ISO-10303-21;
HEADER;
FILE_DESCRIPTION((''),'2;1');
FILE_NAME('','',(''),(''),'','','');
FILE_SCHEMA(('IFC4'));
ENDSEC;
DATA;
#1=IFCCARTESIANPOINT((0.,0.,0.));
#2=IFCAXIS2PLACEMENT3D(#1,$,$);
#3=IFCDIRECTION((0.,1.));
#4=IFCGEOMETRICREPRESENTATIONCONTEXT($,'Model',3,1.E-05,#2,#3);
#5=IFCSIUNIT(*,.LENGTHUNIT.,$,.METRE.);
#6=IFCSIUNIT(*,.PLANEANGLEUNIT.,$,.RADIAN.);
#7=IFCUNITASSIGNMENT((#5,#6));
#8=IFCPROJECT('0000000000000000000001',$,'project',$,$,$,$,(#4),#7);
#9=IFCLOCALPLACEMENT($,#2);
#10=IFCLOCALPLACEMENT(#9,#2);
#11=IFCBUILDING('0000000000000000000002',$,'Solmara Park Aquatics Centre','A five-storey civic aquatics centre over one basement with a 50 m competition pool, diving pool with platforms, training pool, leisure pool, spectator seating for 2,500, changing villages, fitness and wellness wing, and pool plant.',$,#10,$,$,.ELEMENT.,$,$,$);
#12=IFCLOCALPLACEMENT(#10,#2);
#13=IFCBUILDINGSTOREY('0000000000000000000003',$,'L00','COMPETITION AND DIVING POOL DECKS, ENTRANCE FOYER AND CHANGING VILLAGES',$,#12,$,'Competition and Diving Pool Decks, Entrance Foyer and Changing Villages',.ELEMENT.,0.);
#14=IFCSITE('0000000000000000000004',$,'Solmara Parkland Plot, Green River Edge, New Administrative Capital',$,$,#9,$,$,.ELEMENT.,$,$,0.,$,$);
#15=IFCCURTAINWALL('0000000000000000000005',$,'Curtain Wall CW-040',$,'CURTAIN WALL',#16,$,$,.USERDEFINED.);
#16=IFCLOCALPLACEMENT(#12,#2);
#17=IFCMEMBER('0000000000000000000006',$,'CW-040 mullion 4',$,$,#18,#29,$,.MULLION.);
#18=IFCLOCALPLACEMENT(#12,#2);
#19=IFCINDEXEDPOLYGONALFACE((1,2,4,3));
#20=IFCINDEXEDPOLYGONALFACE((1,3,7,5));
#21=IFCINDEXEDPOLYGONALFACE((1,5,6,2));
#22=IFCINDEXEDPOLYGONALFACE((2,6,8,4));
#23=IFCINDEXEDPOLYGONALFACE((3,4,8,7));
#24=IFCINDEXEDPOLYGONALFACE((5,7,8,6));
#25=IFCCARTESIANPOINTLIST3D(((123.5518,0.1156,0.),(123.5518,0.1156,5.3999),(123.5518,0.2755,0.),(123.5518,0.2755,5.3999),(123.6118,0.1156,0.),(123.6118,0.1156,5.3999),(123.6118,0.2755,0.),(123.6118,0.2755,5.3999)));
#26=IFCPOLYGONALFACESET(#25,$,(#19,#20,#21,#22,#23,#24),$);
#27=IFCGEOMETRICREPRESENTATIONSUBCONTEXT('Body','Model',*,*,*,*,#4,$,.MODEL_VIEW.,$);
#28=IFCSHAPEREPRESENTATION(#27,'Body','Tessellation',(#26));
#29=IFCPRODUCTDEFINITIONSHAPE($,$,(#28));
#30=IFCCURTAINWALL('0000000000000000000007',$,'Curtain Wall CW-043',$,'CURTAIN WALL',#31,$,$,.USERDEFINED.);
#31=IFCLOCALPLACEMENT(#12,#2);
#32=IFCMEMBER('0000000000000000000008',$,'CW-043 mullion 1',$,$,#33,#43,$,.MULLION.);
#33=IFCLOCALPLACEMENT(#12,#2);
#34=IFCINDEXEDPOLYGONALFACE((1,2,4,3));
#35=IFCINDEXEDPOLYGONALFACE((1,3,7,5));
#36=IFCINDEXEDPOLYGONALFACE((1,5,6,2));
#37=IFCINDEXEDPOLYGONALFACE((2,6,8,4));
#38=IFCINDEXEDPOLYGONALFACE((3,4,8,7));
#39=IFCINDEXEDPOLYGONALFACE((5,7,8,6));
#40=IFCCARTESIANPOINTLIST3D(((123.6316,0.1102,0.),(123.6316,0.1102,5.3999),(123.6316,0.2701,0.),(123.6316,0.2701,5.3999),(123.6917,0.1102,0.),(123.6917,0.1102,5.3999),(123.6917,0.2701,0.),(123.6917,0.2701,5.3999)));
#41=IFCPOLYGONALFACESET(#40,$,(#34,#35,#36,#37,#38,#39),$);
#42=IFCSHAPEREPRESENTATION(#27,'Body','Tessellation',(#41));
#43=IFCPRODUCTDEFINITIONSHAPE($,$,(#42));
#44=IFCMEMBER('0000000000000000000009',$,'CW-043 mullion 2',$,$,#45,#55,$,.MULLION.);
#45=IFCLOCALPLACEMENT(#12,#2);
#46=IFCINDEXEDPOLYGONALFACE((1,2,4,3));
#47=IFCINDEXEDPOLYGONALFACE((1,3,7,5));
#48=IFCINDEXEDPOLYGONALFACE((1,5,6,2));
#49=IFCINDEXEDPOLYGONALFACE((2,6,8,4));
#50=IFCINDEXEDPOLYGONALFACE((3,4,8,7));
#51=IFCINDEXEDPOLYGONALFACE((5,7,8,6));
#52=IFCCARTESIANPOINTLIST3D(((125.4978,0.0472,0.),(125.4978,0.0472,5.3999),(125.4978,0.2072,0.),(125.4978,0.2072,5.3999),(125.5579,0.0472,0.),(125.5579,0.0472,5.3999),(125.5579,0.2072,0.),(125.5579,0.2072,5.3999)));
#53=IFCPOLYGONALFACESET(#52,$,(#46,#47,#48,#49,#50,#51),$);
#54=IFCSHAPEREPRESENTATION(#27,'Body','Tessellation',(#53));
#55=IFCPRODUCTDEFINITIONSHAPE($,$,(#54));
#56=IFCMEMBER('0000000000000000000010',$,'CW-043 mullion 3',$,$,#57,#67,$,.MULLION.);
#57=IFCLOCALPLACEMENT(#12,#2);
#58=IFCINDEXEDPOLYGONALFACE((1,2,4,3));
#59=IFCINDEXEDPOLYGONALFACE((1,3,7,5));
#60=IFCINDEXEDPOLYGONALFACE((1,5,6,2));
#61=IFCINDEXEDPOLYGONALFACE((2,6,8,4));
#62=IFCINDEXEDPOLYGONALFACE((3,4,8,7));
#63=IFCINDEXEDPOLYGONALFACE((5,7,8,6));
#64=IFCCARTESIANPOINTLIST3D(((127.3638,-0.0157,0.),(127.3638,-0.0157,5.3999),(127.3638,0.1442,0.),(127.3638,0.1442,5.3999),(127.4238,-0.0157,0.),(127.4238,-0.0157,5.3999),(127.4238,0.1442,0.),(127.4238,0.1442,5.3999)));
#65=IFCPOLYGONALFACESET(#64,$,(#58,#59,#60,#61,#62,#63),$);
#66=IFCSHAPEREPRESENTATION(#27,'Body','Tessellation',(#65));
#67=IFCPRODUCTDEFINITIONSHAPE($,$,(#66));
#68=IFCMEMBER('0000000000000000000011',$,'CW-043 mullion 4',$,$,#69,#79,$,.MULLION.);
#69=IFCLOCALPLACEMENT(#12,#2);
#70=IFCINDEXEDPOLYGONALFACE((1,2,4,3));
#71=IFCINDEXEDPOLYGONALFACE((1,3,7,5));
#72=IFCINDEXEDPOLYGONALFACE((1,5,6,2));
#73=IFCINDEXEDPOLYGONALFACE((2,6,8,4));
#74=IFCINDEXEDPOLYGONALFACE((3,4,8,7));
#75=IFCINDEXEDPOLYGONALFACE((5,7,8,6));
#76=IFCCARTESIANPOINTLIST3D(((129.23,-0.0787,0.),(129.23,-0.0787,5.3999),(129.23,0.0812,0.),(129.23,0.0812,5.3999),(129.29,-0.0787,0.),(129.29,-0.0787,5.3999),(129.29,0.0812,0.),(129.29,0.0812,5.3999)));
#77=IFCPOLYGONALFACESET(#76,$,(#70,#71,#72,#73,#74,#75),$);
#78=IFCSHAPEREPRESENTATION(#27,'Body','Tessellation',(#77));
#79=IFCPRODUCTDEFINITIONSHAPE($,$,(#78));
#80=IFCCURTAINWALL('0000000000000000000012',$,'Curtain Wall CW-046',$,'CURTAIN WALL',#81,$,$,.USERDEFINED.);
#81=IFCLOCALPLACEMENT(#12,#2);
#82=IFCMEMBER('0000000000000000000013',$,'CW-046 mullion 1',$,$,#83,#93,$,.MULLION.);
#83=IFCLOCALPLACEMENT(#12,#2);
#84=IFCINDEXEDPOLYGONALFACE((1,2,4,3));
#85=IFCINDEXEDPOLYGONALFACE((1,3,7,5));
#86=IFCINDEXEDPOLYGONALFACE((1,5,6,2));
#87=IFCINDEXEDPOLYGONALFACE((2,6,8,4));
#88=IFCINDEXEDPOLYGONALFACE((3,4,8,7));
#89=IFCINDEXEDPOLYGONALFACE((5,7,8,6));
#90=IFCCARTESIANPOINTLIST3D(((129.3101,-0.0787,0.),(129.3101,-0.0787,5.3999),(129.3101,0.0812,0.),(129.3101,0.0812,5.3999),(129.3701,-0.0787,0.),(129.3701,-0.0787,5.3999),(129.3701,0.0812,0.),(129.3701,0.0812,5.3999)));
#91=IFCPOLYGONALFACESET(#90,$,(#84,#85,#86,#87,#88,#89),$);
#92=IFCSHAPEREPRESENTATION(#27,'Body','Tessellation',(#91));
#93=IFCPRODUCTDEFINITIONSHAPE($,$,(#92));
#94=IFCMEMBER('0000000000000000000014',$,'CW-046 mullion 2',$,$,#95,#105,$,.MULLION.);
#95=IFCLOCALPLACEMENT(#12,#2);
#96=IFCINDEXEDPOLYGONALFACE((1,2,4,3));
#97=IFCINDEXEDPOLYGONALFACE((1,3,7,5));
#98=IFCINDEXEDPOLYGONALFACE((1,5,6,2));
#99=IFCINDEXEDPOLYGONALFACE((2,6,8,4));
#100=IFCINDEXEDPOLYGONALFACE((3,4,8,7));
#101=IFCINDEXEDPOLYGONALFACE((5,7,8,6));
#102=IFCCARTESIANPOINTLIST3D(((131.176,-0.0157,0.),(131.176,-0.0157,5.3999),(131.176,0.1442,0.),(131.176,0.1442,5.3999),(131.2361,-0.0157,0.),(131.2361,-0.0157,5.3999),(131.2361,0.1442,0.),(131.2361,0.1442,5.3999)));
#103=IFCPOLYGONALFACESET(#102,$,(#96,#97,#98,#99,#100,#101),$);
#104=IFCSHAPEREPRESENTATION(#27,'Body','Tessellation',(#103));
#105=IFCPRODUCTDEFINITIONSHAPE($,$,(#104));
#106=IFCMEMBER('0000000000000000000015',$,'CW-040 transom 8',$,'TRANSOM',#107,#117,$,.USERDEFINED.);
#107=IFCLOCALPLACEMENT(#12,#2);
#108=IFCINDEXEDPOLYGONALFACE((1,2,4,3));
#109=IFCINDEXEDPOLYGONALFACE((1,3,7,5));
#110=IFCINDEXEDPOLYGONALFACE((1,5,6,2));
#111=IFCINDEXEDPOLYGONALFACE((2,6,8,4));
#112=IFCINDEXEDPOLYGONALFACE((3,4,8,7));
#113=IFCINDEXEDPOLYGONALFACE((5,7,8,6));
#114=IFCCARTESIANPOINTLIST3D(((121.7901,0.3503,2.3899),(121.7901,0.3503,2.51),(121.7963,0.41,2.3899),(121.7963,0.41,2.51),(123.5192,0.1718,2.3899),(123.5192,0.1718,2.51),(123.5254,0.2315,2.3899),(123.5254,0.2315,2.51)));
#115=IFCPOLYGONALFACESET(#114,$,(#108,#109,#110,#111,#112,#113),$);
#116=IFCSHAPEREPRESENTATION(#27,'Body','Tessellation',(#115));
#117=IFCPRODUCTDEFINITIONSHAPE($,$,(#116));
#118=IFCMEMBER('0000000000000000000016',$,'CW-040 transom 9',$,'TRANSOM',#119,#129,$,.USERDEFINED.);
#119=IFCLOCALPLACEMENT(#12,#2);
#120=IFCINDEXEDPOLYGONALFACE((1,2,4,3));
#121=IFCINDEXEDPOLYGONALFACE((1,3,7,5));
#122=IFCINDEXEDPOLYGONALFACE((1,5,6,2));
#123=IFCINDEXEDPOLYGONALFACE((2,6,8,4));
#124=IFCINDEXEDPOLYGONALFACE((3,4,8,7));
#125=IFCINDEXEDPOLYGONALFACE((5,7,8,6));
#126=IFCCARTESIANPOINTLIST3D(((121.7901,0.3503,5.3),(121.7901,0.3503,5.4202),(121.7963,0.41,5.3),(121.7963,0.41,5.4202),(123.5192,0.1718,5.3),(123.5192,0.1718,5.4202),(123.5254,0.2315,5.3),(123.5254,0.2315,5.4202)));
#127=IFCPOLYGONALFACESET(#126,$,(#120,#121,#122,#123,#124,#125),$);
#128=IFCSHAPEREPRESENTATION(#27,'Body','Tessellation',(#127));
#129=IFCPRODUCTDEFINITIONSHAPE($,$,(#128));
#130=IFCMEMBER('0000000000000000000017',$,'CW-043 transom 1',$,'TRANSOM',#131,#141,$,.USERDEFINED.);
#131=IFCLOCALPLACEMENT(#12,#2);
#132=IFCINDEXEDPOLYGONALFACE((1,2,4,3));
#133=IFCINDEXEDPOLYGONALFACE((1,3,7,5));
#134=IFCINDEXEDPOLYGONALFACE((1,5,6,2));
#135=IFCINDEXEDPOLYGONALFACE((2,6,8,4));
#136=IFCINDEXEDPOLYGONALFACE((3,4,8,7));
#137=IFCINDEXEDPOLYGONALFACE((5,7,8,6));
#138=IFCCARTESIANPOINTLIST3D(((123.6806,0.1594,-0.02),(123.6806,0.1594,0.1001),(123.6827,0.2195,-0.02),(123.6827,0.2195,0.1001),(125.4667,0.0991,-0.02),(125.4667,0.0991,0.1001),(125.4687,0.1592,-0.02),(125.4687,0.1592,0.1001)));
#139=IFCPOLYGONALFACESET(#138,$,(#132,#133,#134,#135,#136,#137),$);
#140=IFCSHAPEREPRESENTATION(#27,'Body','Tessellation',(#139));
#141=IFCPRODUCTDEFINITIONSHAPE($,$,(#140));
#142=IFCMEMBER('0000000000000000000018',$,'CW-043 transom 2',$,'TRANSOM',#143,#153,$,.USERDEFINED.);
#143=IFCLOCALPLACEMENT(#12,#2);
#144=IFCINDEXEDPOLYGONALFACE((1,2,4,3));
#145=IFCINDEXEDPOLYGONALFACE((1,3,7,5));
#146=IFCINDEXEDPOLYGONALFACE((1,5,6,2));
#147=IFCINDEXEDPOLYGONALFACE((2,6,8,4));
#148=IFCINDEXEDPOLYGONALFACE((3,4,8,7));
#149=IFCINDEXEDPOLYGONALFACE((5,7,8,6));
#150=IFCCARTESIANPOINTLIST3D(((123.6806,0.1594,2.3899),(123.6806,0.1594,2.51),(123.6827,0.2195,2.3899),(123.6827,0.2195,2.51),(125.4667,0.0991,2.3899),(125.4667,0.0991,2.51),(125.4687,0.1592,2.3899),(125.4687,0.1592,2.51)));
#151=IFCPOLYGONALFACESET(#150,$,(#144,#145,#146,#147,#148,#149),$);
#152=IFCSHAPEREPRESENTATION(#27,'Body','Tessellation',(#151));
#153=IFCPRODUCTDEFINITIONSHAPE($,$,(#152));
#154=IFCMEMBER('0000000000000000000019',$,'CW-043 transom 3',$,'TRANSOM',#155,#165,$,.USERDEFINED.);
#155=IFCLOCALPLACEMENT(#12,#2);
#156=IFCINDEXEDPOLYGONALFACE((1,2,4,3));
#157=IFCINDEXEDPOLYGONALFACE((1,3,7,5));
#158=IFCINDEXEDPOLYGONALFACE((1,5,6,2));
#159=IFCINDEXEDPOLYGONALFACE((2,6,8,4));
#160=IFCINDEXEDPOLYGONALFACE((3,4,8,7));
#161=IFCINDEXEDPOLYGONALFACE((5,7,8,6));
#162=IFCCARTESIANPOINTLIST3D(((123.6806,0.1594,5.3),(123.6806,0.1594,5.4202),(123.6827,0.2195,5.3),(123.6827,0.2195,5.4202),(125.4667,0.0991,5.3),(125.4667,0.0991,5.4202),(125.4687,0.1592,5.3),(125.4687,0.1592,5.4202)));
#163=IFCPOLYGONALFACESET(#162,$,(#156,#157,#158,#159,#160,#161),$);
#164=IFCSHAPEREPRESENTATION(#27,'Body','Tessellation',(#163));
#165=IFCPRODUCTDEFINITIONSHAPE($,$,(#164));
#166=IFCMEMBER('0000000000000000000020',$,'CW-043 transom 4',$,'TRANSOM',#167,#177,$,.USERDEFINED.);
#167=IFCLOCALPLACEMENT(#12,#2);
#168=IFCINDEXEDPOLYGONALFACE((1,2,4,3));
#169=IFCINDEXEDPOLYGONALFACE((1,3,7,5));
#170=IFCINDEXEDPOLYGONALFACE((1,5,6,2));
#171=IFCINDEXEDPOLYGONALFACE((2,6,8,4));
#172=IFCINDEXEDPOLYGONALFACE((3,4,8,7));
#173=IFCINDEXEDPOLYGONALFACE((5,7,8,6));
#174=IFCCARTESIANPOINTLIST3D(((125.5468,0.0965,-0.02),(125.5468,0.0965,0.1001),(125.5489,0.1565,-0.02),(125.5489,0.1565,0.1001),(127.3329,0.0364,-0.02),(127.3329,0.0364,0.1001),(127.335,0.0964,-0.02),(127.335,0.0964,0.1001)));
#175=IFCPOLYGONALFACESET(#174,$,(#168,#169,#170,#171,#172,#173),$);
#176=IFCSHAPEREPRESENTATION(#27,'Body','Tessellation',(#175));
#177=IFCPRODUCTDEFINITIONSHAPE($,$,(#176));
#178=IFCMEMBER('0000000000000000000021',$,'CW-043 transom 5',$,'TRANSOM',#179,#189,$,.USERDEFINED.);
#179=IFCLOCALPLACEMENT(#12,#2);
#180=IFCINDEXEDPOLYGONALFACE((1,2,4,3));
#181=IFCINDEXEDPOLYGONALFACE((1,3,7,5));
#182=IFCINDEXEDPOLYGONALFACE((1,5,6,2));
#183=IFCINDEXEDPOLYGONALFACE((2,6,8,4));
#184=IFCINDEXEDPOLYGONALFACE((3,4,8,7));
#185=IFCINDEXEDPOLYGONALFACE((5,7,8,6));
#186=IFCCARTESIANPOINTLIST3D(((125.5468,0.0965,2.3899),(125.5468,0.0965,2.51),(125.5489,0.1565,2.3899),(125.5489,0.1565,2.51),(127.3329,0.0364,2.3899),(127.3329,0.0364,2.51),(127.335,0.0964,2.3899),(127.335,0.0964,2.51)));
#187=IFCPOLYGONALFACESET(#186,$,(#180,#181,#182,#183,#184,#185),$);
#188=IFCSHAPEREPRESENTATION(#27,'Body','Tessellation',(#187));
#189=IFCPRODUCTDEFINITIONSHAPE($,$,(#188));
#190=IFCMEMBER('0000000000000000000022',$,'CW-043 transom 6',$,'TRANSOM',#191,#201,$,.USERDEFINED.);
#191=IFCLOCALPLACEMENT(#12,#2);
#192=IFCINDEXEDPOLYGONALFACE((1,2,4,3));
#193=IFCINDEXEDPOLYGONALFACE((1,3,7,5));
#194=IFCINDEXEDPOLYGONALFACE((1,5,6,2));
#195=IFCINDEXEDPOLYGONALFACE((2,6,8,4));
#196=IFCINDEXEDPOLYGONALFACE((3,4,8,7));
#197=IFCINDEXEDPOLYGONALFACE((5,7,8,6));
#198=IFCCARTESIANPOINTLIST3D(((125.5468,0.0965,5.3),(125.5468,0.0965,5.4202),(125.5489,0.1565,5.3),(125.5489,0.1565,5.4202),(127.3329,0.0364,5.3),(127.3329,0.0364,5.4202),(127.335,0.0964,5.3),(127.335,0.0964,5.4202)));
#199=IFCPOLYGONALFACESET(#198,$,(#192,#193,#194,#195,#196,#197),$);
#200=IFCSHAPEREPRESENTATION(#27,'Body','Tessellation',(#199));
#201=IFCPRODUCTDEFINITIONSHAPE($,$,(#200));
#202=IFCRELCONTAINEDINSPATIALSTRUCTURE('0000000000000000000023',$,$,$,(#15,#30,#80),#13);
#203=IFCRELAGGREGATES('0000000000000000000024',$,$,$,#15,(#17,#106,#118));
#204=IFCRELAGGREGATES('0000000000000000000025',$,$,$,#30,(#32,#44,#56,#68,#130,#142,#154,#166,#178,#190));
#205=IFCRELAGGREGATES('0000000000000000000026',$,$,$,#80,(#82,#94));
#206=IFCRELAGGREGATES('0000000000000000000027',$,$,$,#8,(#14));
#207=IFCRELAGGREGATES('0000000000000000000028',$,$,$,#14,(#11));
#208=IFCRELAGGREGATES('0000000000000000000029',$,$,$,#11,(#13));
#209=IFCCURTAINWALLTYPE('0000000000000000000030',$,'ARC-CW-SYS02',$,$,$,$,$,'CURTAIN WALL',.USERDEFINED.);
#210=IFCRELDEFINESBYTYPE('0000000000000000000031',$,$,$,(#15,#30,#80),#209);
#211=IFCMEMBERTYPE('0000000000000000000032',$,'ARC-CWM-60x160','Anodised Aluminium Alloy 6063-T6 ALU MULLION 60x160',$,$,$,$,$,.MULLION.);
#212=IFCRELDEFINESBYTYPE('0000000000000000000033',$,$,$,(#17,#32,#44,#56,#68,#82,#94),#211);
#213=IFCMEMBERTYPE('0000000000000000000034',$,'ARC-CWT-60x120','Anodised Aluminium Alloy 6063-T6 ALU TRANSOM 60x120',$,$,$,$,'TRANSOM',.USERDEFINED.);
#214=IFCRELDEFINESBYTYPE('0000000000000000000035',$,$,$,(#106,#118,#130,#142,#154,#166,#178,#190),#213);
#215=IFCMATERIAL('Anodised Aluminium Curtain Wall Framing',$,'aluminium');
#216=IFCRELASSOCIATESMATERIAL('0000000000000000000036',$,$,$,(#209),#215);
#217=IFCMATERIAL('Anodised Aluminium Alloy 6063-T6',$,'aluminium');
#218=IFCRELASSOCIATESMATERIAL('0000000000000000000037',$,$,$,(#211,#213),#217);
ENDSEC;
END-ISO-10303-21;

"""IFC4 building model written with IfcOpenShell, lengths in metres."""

from ifc_helpers import new_model, si_unit, direction, frame, origin, origin_2d, place, context, subcontext, project, spatial, rectangle, extrude, material, material_profile, profile_set, type_object, element, aggregate, save


model = new_model("IFC4")

# Units and contexts
model_context = context("Model", 3, precision=1e-05, world=origin(), true_north=direction((0.0, 1.0)))
body_context = subcontext(model_context, "Body", "Model", "MODEL_VIEW")
ifc_project = project(units=[si_unit("LENGTHUNIT", "METRE"), si_unit("PLANEANGLEUNIT", "RADIAN")], contexts=[model_context])

# Site, building, storey
site_placement = place(None, origin())
site = spatial("IfcSite", under=ifc_project, at=site_placement, Name="Solmara Parkland Plot, Green River Edge, New Administrative Capital", CompositionType="ELEMENT", RefElevation=0.0)
building_placement = place(site_placement, origin())
building = spatial("IfcBuilding", under=site, at=building_placement, Name="Solmara Park Aquatics Centre", Description="A five-storey civic aquatics centre over one basement with a 50 m competition pool, diving pool with platforms, training pool, leisure pool, spectator seating for 2,500, changing villages, fitness and wellness wing, and pool plant.", CompositionType="ELEMENT")
storey_placement = place(building_placement, origin())
storey = spatial("IfcBuildingStorey", under=building, at=storey_placement, Name="L00", Description="COMPETITION AND DIVING POOL DECKS, ENTRANCE FOYER AND CHANGING VILLAGES", LongName="Competition and Diving Pool Decks, Entrance Foyer and Changing Villages", CompositionType="ELEMENT", Elevation=0.0)

# Curtain wall, member
ifc_material_1 = material(Name="Anodised Aluminium Curtain Wall Framing", Category="aluminium")
curtain_wall_type = type_object("IfcCurtainWallType", Name="ARC-CW-SYS02", ElementType="CURTAIN WALL", PredefinedType="USERDEFINED", material=ifc_material_1)
curtain_wall_1_placement = place(storey_placement, origin())
curtain_wall_1 = element("IfcCurtainWall", 1, at=curtain_wall_1_placement, inside=storey, type_object=curtain_wall_type, Name="Curtain Wall CW-040", ObjectType="CURTAIN WALL", PredefinedType="USERDEFINED")
ifc_material_2 = material(Name="Anodised Aluminium Alloy 6063-T6", Category="aluminium")
ifc_material_profile_1 = material_profile(ifc_material_2, rectangle(XDim=0.0601, YDim=0.1599, at=origin_2d()), Name="ALU MULLION 60x160")
ifc_profile_set_1 = profile_set([ifc_material_profile_1], Name="Anodised Aluminium Alloy 6063-T6")
member_type_1 = type_object("IfcMemberType", Name="ARC-CWM-60x160", Description="Anodised Aluminium Alloy 6063-T6 ALU MULLION 60x160", PredefinedType="MULLION", material=ifc_profile_set_1)
member_1_placement = place(storey_placement, frame((123.5818, 0.1956, 0.0), z_axis=(0.0, 0.0, 1.0), x_axis=(1.0, 0.0, 0.0)))
member_1 = element("IfcMember", 2, at=member_1_placement, type_object=member_type_1, Name="CW-040 mullion 4", PredefinedType="MULLION", context=body_context, shape_type="SweptSolid", body=[
    extrude(rectangle(XDim=0.0601, YDim=0.1599, at=origin_2d()), origin(), (0.0, 0.0, 1.0), 5.3999),
])

# Curtain walls, members
curtain_wall_2_placement = place(storey_placement, origin())
curtain_wall_2 = element("IfcCurtainWall", 3, at=curtain_wall_2_placement, inside=storey, type_object=curtain_wall_type, Name="Curtain Wall CW-043", ObjectType="CURTAIN WALL", PredefinedType="USERDEFINED")
member_2_placement = place(storey_placement, frame((123.6616, 0.1902, 0.0), z_axis=(0.0, 0.0, 1.0), x_axis=(1.0, 0.0, 0.0)))
member_2 = element("IfcMember", 4, at=member_2_placement, type_object=member_type_1, Name="CW-043 mullion 1", PredefinedType="MULLION", context=body_context, shape_type="SweptSolid", body=[
    extrude(rectangle(XDim=0.0601, YDim=0.1599, at=origin_2d()), origin(), (0.0, 0.0, 1.0), 5.3999),
])
member_3_placement = place(storey_placement, frame((125.5278, 0.1272, 0.0), z_axis=(0.0, 0.0, 1.0), x_axis=(1.0, 0.0, 0.0)))
member_3 = element("IfcMember", 5, at=member_3_placement, type_object=member_type_1, Name="CW-043 mullion 2", PredefinedType="MULLION", context=body_context, shape_type="SweptSolid", body=[
    extrude(rectangle(XDim=0.0601, YDim=0.1599, at=origin_2d()), origin(), (0.0, 0.0, 1.0), 5.3999),
])
member_4_placement = place(storey_placement, frame((127.3938, 0.0642, 0.0), z_axis=(0.0, 0.0, 1.0), x_axis=(1.0, 0.0, 0.0)))
member_4 = element("IfcMember", 6, at=member_4_placement, type_object=member_type_1, Name="CW-043 mullion 3", PredefinedType="MULLION", context=body_context, shape_type="SweptSolid", body=[
    extrude(rectangle(XDim=0.0601, YDim=0.1599, at=origin_2d()), origin(), (0.0, 0.0, 1.0), 5.3999),
])
member_5_placement = place(storey_placement, frame((129.26, 0.0012, 0.0), z_axis=(0.0, 0.0, 1.0), x_axis=(1.0, 0.0, 0.0)))
member_5 = element("IfcMember", 7, at=member_5_placement, type_object=member_type_1, Name="CW-043 mullion 4", PredefinedType="MULLION", context=body_context, shape_type="SweptSolid", body=[
    extrude(rectangle(XDim=0.0601, YDim=0.1599, at=origin_2d()), origin(), (0.0, 0.0, 1.0), 5.3999),
])
curtain_wall_3_placement = place(storey_placement, origin())
curtain_wall_3 = element("IfcCurtainWall", 8, at=curtain_wall_3_placement, inside=storey, type_object=curtain_wall_type, Name="Curtain Wall CW-046", ObjectType="CURTAIN WALL", PredefinedType="USERDEFINED")
member_6_placement = place(storey_placement, frame((129.3401, 0.0012, 0.0), z_axis=(0.0, 0.0, 1.0), x_axis=(1.0, 0.0, 0.0)))
member_6 = element("IfcMember", 9, at=member_6_placement, type_object=member_type_1, Name="CW-046 mullion 1", PredefinedType="MULLION", context=body_context, shape_type="SweptSolid", body=[
    extrude(rectangle(XDim=0.0601, YDim=0.1599, at=origin_2d()), origin(), (0.0, 0.0, 1.0), 5.3999),
])
member_7_placement = place(storey_placement, frame((131.2061, 0.0642, 0.0), z_axis=(0.0, 0.0, 1.0), x_axis=(1.0, 0.0, 0.0)))
member_7 = element("IfcMember", 10, at=member_7_placement, type_object=member_type_1, Name="CW-046 mullion 2", PredefinedType="MULLION", context=body_context, shape_type="SweptSolid", body=[
    extrude(rectangle(XDim=0.0601, YDim=0.1599, at=origin_2d()), origin(), (0.0, 0.0, 1.0), 5.3999),
])

# Members
ifc_material_profile_2 = material_profile(ifc_material_2, rectangle(XDim=0.0601, YDim=0.1201, at=origin_2d()), Name="ALU TRANSOM 60x120")
ifc_profile_set_2 = profile_set([ifc_material_profile_2], Name="Anodised Aluminium Alloy 6063-T6")
member_type_2 = type_object("IfcMemberType", Name="ARC-CWT-60x120", Description="Anodised Aluminium Alloy 6063-T6 ALU TRANSOM 60x120", ElementType="TRANSOM", PredefinedType="USERDEFINED", material=ifc_profile_set_2)
member_8_placement = place(storey_placement, frame((121.7932, 0.3801, 2.45), z_axis=(0.994715, -0.102674, 0.0), x_axis=(0.102674, 0.994715, 0.0)))
member_8 = element("IfcMember", 11, at=member_8_placement, type_object=member_type_2, Name="CW-040 transom 8", ObjectType="TRANSOM", PredefinedType="USERDEFINED", context=body_context, shape_type="SweptSolid", body=[
    extrude(rectangle(XDim=0.0601, YDim=0.1201, at=origin_2d()), origin(), (0.0, 0.0, 1.0), 1.7383),
])
member_9_placement = place(storey_placement, frame((121.7932, 0.3801, 5.3601), z_axis=(0.994715, -0.102674, 0.0), x_axis=(0.102674, 0.994715, 0.0)))
member_9 = element("IfcMember", 12, at=member_9_placement, type_object=member_type_2, Name="CW-040 transom 9", ObjectType="TRANSOM", PredefinedType="USERDEFINED", context=body_context, shape_type="SweptSolid", body=[
    extrude(rectangle(XDim=0.0601, YDim=0.1201, at=origin_2d()), origin(), (0.0, 0.0, 1.0), 1.7383),
])
member_10_placement = place(storey_placement, frame((123.6816, 0.1895, 0.04), z_axis=(0.999431, -0.033742, 0.0), x_axis=(0.033742, 0.999431, 0.0)))
member_10 = element("IfcMember", 13, at=member_10_placement, type_object=member_type_2, Name="CW-043 transom 1", ObjectType="TRANSOM", PredefinedType="USERDEFINED", context=body_context, shape_type="SweptSolid", body=[
    extrude(rectangle(XDim=0.0601, YDim=0.1201, at=origin_2d()), origin(), (0.0, 0.0, 1.0), 1.7871),
])
member_11_placement = place(storey_placement, frame((123.6816, 0.1895, 2.45), z_axis=(0.999431, -0.033742, 0.0), x_axis=(0.033742, 0.999431, 0.0)))
member_11 = element("IfcMember", 14, at=member_11_placement, type_object=member_type_2, Name="CW-043 transom 2", ObjectType="TRANSOM", PredefinedType="USERDEFINED", context=body_context, shape_type="SweptSolid", body=[
    extrude(rectangle(XDim=0.0601, YDim=0.1201, at=origin_2d()), origin(), (0.0, 0.0, 1.0), 1.7871),
])
member_12_placement = place(storey_placement, frame((123.6816, 0.1895, 5.3601), z_axis=(0.999431, -0.033742, 0.0), x_axis=(0.033742, 0.999431, 0.0)))
member_12 = element("IfcMember", 15, at=member_12_placement, type_object=member_type_2, Name="CW-043 transom 3", ObjectType="TRANSOM", PredefinedType="USERDEFINED", context=body_context, shape_type="SweptSolid", body=[
    extrude(rectangle(XDim=0.0601, YDim=0.1201, at=origin_2d()), origin(), (0.0, 0.0, 1.0), 1.7871),
])
member_13_placement = place(storey_placement, frame((125.5479, 0.1265, 0.04), z_axis=(0.999435, -0.033606, 0.0), x_axis=(0.033606, 0.999435, 0.0)))
member_13 = element("IfcMember", 16, at=member_13_placement, type_object=member_type_2, Name="CW-043 transom 4", ObjectType="TRANSOM", PredefinedType="USERDEFINED", context=body_context, shape_type="SweptSolid", body=[
    extrude(rectangle(XDim=0.0601, YDim=0.1201, at=origin_2d()), origin(), (0.0, 0.0, 1.0), 1.7871),
])
member_14_placement = place(storey_placement, frame((125.5479, 0.1265, 2.45), z_axis=(0.999435, -0.033606, 0.0), x_axis=(0.033606, 0.999435, 0.0)))
member_14 = element("IfcMember", 17, at=member_14_placement, type_object=member_type_2, Name="CW-043 transom 5", ObjectType="TRANSOM", PredefinedType="USERDEFINED", context=body_context, shape_type="SweptSolid", body=[
    extrude(rectangle(XDim=0.0601, YDim=0.1201, at=origin_2d()), origin(), (0.0, 0.0, 1.0), 1.7871),
])
member_15_placement = place(storey_placement, frame((125.5479, 0.1265, 5.3601), z_axis=(0.999435, -0.033606, 0.0), x_axis=(0.033606, 0.999435, 0.0)))
member_15 = element("IfcMember", 18, at=member_15_placement, type_object=member_type_2, Name="CW-043 transom 6", ObjectType="TRANSOM", PredefinedType="USERDEFINED", context=body_context, shape_type="SweptSolid", body=[
    extrude(rectangle(XDim=0.0601, YDim=0.1201, at=origin_2d()), origin(), (0.0, 0.0, 1.0), 1.7871),
])

aggregate(curtain_wall_1, [member_1, member_8, member_9])
aggregate(curtain_wall_2, [member_2, member_3, member_4, member_5, member_10, member_11, member_12, member_13, member_14, member_15])
aggregate(curtain_wall_3, [member_6, member_7])

save(model, "model.ifc")
